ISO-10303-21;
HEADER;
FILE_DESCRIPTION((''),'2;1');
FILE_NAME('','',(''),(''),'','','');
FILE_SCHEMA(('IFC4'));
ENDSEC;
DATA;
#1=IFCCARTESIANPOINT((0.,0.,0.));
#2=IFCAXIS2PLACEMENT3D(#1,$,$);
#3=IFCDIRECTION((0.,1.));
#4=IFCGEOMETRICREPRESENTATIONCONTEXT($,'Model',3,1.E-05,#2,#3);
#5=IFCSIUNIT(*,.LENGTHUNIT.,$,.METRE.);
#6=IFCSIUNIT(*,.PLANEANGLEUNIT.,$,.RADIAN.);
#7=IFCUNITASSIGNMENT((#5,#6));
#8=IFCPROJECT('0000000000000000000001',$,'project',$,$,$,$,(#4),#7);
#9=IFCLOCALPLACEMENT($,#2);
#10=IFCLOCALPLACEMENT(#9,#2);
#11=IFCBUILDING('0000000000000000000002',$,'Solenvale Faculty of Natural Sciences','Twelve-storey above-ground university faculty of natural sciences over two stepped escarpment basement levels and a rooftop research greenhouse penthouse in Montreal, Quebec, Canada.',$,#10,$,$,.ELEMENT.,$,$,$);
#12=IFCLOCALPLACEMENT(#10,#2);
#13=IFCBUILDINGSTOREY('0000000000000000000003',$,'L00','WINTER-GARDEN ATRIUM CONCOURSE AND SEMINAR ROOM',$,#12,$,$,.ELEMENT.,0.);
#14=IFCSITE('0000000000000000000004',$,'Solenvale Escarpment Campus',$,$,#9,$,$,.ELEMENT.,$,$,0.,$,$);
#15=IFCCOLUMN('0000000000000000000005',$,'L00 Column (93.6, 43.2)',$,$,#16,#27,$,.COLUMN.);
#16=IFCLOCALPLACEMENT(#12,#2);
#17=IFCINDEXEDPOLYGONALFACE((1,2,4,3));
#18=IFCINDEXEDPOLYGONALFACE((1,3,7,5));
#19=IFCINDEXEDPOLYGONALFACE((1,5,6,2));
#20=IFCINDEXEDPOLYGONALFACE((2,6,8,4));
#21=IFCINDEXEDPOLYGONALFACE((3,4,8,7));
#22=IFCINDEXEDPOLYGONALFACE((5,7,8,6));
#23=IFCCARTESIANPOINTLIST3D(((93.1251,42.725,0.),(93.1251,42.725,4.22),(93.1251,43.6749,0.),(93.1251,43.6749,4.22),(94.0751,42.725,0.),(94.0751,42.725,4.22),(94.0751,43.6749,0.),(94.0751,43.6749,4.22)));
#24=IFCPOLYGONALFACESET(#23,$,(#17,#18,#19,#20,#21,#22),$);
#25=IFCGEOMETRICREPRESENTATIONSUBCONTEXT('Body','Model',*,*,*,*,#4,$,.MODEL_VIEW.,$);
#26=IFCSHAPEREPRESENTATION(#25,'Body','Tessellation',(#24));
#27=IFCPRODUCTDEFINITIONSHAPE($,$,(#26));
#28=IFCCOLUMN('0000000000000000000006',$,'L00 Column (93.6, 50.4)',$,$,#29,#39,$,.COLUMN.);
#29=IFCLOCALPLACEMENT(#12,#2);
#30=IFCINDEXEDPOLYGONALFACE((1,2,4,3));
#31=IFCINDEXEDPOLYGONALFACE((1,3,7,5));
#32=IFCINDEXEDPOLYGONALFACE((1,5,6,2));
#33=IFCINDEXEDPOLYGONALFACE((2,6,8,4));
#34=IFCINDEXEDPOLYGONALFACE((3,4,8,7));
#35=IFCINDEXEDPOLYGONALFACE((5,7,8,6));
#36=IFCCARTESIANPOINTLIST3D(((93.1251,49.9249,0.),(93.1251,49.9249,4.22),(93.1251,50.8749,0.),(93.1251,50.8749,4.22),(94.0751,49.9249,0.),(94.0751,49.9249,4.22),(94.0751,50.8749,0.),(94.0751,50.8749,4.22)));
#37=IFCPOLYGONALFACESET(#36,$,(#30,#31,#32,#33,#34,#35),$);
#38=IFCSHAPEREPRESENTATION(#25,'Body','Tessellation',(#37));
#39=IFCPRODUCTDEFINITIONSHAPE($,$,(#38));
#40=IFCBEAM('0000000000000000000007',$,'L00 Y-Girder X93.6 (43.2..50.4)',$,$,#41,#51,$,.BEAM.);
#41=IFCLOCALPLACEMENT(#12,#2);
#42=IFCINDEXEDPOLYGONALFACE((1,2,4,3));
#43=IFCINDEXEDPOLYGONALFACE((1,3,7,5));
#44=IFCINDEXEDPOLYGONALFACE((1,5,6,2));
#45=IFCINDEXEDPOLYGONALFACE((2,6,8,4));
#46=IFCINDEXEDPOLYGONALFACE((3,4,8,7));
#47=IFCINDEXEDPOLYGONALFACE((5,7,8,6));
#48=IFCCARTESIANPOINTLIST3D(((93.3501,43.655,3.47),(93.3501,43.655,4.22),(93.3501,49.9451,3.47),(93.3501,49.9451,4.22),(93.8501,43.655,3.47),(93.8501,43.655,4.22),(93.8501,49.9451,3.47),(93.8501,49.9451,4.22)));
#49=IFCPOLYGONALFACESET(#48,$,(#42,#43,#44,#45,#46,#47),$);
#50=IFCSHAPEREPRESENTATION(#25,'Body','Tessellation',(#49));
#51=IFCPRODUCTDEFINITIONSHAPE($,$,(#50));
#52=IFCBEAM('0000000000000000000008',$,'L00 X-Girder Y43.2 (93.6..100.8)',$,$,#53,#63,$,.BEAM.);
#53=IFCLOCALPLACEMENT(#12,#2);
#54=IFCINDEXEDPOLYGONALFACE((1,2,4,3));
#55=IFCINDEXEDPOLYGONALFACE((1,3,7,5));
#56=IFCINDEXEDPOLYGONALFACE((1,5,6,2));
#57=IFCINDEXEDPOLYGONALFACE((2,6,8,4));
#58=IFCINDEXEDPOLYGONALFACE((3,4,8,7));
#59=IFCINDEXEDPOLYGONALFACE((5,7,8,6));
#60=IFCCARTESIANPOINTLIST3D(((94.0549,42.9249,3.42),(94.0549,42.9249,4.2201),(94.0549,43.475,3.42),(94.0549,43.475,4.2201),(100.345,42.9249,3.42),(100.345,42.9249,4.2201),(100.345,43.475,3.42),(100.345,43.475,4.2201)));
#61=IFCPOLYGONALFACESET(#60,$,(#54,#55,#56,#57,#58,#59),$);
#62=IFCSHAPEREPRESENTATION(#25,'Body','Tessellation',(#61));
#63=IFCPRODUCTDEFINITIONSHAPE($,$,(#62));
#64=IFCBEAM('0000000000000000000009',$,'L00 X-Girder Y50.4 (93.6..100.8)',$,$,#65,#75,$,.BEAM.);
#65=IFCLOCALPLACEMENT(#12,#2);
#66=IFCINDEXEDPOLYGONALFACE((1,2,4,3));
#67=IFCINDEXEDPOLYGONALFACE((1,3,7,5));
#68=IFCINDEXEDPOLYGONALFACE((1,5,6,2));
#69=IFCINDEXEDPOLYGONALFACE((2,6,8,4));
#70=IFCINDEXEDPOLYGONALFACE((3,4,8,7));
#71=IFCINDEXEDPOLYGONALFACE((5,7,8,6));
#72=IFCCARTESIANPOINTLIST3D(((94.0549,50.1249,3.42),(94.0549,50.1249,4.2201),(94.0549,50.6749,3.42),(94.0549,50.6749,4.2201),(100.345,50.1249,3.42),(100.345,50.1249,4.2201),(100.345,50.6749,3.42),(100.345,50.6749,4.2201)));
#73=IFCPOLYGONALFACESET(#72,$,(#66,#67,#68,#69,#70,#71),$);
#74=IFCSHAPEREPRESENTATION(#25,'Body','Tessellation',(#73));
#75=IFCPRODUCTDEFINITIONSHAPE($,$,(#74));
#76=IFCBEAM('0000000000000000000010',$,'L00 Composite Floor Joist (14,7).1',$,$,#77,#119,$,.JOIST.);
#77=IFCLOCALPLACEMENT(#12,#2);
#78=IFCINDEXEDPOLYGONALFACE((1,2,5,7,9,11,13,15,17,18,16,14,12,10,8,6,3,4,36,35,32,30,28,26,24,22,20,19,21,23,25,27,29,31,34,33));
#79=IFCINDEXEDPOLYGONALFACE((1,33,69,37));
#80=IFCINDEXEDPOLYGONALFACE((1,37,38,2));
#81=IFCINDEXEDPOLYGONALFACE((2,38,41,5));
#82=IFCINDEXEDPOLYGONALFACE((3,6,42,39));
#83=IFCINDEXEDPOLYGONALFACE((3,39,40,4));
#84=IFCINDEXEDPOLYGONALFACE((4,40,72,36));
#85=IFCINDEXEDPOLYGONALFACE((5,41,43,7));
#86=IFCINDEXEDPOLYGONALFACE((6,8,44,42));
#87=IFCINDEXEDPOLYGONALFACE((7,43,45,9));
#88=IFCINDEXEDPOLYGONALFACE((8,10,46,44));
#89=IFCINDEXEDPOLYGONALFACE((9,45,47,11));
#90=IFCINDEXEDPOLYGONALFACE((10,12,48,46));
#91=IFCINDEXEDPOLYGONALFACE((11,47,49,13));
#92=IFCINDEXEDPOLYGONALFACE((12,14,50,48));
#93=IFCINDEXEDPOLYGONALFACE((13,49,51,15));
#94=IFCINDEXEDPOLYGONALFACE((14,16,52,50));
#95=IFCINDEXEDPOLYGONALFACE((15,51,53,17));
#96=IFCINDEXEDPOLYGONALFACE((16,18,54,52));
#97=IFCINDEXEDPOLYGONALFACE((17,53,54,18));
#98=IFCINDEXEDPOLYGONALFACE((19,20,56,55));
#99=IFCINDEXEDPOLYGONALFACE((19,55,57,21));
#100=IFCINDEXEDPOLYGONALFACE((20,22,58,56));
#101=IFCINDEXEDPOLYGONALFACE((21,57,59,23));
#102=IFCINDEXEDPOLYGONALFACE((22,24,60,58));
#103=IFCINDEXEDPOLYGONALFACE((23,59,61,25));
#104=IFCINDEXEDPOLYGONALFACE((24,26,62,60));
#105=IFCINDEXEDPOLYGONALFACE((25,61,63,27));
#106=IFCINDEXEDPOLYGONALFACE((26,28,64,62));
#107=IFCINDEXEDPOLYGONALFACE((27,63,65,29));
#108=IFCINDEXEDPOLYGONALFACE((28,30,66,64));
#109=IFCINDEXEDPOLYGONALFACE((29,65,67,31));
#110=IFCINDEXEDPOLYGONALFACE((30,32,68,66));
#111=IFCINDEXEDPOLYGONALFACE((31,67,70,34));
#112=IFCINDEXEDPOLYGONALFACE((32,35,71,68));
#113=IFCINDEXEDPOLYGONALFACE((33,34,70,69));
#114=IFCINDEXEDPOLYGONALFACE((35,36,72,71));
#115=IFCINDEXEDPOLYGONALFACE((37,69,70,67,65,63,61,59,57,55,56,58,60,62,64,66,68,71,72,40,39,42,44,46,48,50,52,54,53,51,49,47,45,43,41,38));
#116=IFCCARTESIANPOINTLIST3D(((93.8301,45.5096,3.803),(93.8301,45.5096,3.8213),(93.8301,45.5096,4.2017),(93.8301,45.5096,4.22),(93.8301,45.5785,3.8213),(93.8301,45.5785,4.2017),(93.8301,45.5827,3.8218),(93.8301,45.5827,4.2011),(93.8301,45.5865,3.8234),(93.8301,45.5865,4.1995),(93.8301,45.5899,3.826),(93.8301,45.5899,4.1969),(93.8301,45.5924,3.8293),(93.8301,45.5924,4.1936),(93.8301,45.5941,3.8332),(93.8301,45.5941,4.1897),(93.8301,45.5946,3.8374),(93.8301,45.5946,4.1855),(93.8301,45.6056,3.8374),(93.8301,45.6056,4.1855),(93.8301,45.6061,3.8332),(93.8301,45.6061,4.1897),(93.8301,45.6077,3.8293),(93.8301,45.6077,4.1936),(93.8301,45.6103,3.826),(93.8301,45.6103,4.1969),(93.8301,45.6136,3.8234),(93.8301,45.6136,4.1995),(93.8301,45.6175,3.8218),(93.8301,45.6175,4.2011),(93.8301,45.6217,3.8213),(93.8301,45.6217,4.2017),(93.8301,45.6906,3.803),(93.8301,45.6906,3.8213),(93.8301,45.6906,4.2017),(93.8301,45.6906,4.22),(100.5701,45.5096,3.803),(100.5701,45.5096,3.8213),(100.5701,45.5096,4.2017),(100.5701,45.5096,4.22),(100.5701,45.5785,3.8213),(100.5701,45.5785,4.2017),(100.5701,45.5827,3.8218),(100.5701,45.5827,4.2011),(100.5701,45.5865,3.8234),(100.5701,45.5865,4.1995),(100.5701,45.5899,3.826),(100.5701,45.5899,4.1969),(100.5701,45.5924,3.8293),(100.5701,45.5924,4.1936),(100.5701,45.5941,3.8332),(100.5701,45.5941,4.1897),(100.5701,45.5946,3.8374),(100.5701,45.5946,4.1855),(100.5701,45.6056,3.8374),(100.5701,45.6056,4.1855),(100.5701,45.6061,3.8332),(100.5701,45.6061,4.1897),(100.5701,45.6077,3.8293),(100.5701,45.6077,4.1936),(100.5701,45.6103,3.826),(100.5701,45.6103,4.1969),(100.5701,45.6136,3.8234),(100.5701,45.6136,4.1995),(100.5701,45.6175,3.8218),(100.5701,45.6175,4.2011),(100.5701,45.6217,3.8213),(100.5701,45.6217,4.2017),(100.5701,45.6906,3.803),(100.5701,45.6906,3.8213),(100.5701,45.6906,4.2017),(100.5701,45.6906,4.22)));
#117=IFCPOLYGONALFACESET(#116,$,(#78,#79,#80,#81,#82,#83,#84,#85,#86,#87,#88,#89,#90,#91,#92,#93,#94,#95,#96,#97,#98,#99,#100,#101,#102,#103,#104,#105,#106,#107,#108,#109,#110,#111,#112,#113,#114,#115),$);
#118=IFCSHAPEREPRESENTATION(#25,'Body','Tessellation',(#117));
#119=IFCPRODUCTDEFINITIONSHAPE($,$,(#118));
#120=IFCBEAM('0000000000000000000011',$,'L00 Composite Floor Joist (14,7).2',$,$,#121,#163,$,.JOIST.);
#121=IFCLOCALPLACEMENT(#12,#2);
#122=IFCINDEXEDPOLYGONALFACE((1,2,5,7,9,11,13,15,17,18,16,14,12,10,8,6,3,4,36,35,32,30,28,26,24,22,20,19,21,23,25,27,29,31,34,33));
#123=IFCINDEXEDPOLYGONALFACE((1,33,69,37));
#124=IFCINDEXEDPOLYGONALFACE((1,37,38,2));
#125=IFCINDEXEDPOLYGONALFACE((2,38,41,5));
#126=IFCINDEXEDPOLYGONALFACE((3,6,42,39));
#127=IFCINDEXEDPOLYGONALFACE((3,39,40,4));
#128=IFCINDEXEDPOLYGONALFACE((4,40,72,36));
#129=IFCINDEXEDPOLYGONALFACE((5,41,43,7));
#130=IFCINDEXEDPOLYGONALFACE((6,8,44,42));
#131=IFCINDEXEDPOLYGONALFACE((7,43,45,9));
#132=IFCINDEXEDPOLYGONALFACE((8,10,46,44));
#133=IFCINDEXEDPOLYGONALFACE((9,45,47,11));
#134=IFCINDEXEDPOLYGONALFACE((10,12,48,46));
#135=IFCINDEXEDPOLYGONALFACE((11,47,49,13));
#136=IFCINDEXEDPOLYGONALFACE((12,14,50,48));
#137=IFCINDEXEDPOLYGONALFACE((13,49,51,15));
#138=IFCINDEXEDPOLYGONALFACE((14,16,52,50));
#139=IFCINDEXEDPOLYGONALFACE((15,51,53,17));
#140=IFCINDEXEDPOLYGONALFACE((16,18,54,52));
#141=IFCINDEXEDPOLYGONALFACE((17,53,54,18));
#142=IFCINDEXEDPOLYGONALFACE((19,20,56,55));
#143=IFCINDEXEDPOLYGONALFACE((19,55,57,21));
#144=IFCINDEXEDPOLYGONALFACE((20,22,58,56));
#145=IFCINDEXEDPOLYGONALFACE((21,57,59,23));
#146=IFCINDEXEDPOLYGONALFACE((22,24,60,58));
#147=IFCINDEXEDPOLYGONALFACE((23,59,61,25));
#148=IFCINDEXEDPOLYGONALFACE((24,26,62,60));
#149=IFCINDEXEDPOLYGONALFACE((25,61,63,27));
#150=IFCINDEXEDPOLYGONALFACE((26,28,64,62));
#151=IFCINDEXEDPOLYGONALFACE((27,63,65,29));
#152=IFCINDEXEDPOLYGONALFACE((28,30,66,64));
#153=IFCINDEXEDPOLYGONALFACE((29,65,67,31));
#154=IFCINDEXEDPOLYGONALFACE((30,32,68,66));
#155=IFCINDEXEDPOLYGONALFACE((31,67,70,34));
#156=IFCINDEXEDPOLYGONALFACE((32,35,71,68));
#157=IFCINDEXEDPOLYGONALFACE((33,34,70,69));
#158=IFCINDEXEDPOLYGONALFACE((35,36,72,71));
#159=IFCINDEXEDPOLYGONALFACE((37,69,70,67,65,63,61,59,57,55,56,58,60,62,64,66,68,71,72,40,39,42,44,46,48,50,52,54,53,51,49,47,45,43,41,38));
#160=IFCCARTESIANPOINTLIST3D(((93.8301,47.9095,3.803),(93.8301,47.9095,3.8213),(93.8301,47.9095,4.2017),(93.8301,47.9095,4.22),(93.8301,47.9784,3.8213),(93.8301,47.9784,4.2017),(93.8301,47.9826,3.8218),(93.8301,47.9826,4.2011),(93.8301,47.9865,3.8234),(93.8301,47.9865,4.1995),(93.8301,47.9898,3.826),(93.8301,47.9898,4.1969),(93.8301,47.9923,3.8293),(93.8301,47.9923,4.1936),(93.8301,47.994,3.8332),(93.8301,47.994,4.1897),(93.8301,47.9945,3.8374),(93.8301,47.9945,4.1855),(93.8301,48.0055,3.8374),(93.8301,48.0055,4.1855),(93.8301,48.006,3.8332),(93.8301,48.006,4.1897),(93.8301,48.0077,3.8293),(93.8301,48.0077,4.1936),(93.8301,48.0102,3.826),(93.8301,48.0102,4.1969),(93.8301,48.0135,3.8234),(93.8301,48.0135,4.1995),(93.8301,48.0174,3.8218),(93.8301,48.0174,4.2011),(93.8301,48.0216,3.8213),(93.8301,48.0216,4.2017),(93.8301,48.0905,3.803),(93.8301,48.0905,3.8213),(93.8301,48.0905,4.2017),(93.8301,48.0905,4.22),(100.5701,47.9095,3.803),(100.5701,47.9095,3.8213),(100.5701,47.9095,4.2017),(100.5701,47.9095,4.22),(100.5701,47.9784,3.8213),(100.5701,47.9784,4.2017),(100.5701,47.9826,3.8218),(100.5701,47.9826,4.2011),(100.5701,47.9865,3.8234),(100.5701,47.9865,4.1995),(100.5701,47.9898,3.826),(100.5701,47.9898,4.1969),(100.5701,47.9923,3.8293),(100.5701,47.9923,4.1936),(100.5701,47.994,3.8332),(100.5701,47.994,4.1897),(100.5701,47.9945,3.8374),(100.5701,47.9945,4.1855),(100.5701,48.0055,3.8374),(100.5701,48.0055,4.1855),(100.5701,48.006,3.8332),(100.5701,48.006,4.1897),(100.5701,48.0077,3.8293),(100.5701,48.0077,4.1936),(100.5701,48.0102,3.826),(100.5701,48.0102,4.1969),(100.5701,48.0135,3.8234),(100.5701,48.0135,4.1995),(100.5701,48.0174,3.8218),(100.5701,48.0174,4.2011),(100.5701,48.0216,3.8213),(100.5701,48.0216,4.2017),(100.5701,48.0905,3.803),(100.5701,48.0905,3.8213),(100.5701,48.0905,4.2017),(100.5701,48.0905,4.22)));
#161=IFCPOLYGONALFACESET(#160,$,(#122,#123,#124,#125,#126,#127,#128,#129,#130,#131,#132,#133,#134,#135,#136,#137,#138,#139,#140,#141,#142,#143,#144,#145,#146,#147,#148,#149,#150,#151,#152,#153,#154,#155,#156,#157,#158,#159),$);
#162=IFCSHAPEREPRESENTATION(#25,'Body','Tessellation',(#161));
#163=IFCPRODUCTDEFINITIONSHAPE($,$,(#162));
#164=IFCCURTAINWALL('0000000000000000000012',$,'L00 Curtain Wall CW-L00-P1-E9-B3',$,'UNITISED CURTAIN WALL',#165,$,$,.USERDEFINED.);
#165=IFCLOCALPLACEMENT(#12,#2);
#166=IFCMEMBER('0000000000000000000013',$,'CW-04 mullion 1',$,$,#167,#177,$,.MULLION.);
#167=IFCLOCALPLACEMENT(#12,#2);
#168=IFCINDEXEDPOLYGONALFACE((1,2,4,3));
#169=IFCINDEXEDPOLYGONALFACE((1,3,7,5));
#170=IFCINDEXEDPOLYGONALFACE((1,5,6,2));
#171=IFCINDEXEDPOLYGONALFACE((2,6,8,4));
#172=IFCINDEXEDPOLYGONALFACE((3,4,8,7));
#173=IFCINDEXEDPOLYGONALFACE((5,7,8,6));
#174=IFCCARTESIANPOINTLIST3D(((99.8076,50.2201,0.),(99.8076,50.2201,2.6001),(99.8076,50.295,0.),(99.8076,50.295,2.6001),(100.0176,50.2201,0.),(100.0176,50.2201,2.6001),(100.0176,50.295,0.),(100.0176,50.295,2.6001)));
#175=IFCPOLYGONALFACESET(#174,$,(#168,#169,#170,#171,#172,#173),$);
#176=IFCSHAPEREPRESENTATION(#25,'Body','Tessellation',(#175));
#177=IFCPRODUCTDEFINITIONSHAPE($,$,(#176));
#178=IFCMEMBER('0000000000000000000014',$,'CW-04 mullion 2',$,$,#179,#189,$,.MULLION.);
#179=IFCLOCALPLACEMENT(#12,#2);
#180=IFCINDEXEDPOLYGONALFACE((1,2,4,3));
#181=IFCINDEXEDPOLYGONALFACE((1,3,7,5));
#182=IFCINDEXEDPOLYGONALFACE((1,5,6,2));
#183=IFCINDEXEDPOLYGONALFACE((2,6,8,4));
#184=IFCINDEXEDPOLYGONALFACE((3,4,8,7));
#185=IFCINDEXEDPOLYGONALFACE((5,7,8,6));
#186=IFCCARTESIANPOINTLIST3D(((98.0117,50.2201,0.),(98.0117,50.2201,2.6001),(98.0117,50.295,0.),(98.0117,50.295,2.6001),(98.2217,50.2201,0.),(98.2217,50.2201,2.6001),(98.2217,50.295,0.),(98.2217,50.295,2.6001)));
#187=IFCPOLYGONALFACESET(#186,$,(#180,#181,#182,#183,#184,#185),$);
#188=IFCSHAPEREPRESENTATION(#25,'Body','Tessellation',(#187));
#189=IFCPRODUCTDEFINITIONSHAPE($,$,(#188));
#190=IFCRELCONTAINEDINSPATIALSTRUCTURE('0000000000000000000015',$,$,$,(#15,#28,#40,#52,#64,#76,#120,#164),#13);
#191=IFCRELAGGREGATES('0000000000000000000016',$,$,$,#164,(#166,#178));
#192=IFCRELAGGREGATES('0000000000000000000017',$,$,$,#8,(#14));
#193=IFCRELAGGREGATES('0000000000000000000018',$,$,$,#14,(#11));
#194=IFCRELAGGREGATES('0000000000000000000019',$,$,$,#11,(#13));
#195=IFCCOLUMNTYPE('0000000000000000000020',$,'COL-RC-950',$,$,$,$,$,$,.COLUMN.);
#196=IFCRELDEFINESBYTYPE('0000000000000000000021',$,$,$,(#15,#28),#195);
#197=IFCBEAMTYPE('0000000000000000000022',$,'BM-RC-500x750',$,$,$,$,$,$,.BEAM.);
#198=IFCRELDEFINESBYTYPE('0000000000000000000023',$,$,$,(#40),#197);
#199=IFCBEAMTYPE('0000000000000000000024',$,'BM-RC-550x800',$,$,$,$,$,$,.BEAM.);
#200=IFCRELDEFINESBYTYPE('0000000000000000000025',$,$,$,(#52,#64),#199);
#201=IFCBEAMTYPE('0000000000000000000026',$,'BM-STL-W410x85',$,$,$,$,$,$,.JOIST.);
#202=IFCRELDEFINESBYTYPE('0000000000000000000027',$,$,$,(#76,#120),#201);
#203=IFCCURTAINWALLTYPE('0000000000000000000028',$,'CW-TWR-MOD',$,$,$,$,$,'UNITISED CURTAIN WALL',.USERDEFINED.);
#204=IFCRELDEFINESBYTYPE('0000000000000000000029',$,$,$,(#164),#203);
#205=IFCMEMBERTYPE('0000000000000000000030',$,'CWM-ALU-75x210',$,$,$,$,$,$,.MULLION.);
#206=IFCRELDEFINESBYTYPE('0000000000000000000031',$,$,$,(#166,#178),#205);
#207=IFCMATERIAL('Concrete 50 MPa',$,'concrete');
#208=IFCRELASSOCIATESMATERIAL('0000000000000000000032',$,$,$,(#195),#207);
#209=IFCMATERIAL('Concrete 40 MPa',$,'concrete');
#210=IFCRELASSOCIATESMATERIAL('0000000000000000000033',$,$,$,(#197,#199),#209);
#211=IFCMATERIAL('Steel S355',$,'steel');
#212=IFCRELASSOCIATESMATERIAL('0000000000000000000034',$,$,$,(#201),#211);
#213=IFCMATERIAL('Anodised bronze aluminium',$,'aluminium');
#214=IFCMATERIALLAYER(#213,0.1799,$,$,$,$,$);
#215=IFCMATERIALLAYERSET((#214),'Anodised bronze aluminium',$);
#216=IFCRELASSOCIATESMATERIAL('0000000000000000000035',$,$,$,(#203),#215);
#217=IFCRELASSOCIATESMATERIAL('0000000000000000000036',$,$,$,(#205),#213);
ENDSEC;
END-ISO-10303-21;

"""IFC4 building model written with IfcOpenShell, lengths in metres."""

from ifc_helpers import new_model, si_unit, direction, frame, origin, origin_2d, place, context, subcontext, project, spatial, rectangle, i_section, extrude, material, layer, layer_set, material_profile, profile_set, type_object, element, aggregate, save


model = new_model("IFC4")

# Units and contexts
model_context = context("Model", 3, precision=1e-05, world=origin(), true_north=direction((0.0, 1.0)))
body_context = subcontext(model_context, "Body", "Model", "MODEL_VIEW")
ifc_project = project(units=[si_unit("LENGTHUNIT", "METRE"), si_unit("PLANEANGLEUNIT", "RADIAN")], contexts=[model_context])

# Site, building, storey
site_placement = place(None, origin())
site = spatial("IfcSite", under=ifc_project, at=site_placement, Name="Solenvale Escarpment Campus", CompositionType="ELEMENT", RefElevation=0.0)
building_placement = place(site_placement, origin())
building = spatial("IfcBuilding", under=site, at=building_placement, Name="Solenvale Faculty of Natural Sciences", Description="Twelve-storey above-ground university faculty of natural sciences over two stepped escarpment basement levels and a rooftop research greenhouse penthouse in Montreal, Quebec, Canada.", CompositionType="ELEMENT")
storey_placement = place(building_placement, origin())
storey = spatial("IfcBuildingStorey", under=building, at=storey_placement, Name="L00", Description="WINTER-GARDEN ATRIUM CONCOURSE AND SEMINAR ROOM", CompositionType="ELEMENT", Elevation=0.0)

# Columns
ifc_material_1 = material(Name="Concrete 50 MPa", Category="concrete")
ifc_material_profile_1 = material_profile(ifc_material_1, rectangle(XDim=0.95, YDim=0.95, at=origin_2d()), Name="RC-COL-950x950")
ifc_profile_set_1 = profile_set([ifc_material_profile_1], Name="Concrete 50 MPa")
column_type = type_object("IfcColumnType", Name="COL-RC-950", PredefinedType="COLUMN", material=ifc_profile_set_1)
for number, where, z_axis, x_axis, name in (
    (1, (93.6001, 43.2, 0.0), (0.0, 0.0, 1.0), (1.0, 0.0, 0.0), "L00 Column (93.6, 43.2)"),
    (2, (93.6001, 50.3999, 0.0), (0.0, 0.0, 1.0), (1.0, 0.0, 0.0), "L00 Column (93.6, 50.4)"),
):
    element("IfcColumn", number, at=place(storey_placement, frame(where, z_axis=z_axis, x_axis=x_axis)), inside=storey, type_object=column_type, Name=name, PredefinedType="COLUMN", context=body_context, shape_type="SweptSolid", body=[
        extrude(rectangle(XDim=0.95, YDim=0.95, at=origin_2d()), origin(), (0.0, 0.0, 1.0), 4.22),
    ])

# Beams
ifc_material_2 = material(Name="Concrete 40 MPa", Category="concrete")
ifc_material_profile_2 = material_profile(ifc_material_2, rectangle(XDim=0.5, YDim=0.75, at=origin_2d()), Name="RC-BM-500x750")
ifc_profile_set_2 = profile_set([ifc_material_profile_2], Name="Concrete 40 MPa")
beam_type_1 = type_object("IfcBeamType", Name="BM-RC-500x750", PredefinedType="BEAM", material=ifc_profile_set_2)
beam_placement = place(storey_placement, frame((93.6001, 43.655, 3.845), z_axis=(0.0, 1.0, 0.0), x_axis=(-1.0, 0.0, 0.0)))
element("IfcBeam", 3, at=beam_placement, inside=storey, type_object=beam_type_1, Name="L00 Y-Girder X93.6 (43.2..50.4)", PredefinedType="BEAM", context=body_context, shape_type="SweptSolid", body=[
    extrude(rectangle(XDim=0.5, YDim=0.75, at=origin_2d()), origin(), (0.0, 0.0, 1.0), 6.29),
])
ifc_material_profile_3 = material_profile(ifc_material_2, rectangle(XDim=0.55, YDim=0.8, at=origin_2d()), Name="RC-BM-550x800")
ifc_profile_set_3 = profile_set([ifc_material_profile_3], Name="Concrete 40 MPa")
beam_type_2 = type_object("IfcBeamType", Name="BM-RC-550x800", PredefinedType="BEAM", material=ifc_profile_set_3)
for number, where, z_axis, x_axis, name in (
    (4, (94.0549, 43.2, 3.8201), (1.0, 0.0, 0.0), (0.0, 1.0, 0.0), "L00 X-Girder Y43.2 (93.6..100.8)"),
    (5, (94.0549, 50.3999, 3.8201), (1.0, 0.0, 0.0), (0.0, 1.0, 0.0), "L00 X-Girder Y50.4 (93.6..100.8)"),
):
    element("IfcBeam", number, at=place(storey_placement, frame(where, z_axis=z_axis, x_axis=x_axis)), inside=storey, type_object=beam_type_2, Name=name, PredefinedType="BEAM", context=body_context, shape_type="SweptSolid", body=[
        extrude(rectangle(XDim=0.55, YDim=0.8, at=origin_2d()), origin(), (0.0, 0.0, 1.0), 6.29),
    ])
ifc_material_3 = material(Name="Steel S355", Category="steel")
ifc_material_profile_4 = material_profile(ifc_material_3, i_section(OverallWidth=0.1809, OverallDepth=0.417, WebThickness=0.011, FlangeThickness=0.0183, FilletRadius=0.0161, at=origin_2d()), Name="W410x85")
ifc_profile_set_4 = profile_set([ifc_material_profile_4], Name="Steel S355")
beam_type_3 = type_object("IfcBeamType", Name="BM-STL-W410x85", PredefinedType="JOIST", material=ifc_profile_set_4)
for number, where, z_axis, x_axis, name in (
    (6, (93.8301, 45.6001, 4.0115), (1.0, 0.0, 0.0), (0.0, 1.0, 0.0), "L00 Composite Floor Joist (14,7).1"),
    (7, (93.8301, 48.0, 4.0115), (1.0, 0.0, 0.0), (0.0, 1.0, 0.0), "L00 Composite Floor Joist (14,7).2"),
):
    element("IfcBeam", number, at=place(storey_placement, frame(where, z_axis=z_axis, x_axis=x_axis)), inside=storey, type_object=beam_type_3, Name=name, PredefinedType="JOIST", context=body_context, shape_type="SweptSolid", body=[
        extrude(i_section(OverallWidth=0.1809, OverallDepth=0.417, WebThickness=0.011, FlangeThickness=0.0183, FilletRadius=0.0161, at=origin_2d()), origin(), (0.0, 0.0, 1.0), 6.74),
    ])

# Curtain wall, members
ifc_material_4 = material(Name="Anodised bronze aluminium", Category="aluminium")
ifc_layer_1 = layer(ifc_material_4, 0.1799)
ifc_layer_set_1 = layer_set([ifc_layer_1], Name="Anodised bronze aluminium")
curtain_wall_type = type_object("IfcCurtainWallType", Name="CW-TWR-MOD", ElementType="UNITISED CURTAIN WALL", PredefinedType="USERDEFINED", material=ifc_layer_set_1)
curtain_wall_1_placement = place(storey_placement, origin())
curtain_wall_1 = element("IfcCurtainWall", 8, at=curtain_wall_1_placement, inside=storey, type_object=curtain_wall_type, Name="L00 Curtain Wall CW-L00-P1-E9-B3", ObjectType="UNITISED CURTAIN WALL", PredefinedType="USERDEFINED")
ifc_material_profile_5 = material_profile(ifc_material_4, rectangle(XDim=0.075, YDim=0.21, at=origin_2d()), Name="ALU-MUL-75x210")
ifc_profile_set_5 = profile_set([ifc_material_profile_5], Name="Anodised bronze aluminium")
member_type_1 = type_object("IfcMemberType", Name="CWM-ALU-75x210", PredefinedType="MULLION", material=ifc_profile_set_5)
member_1_placement = place(storey_placement, frame((99.9126, 50.2576, 0.0), z_axis=(0.0, 0.0, 1.0), x_axis=(0.0, -1.0, 0.0)))
member_1 = element("IfcMember", 9, at=member_1_placement, type_object=member_type_1, Name="CW-04 mullion 1", PredefinedType="MULLION", context=body_context, shape_type="SweptSolid", body=[
    extrude(rectangle(XDim=0.075, YDim=0.21, at=origin_2d()), origin(), (0.0, 0.0, 1.0), 2.6001),
])
member_2_placement = place(storey_placement, frame((98.1167, 50.2576, 0.0), z_axis=(0.0, 0.0, 1.0), x_axis=(0.0, -1.0, 0.0)))
member_2 = element("IfcMember", 10, at=member_2_placement, type_object=member_type_1, Name="CW-04 mullion 2", PredefinedType="MULLION", context=body_context, shape_type="SweptSolid", body=[
    extrude(rectangle(XDim=0.075, YDim=0.21, at=origin_2d()), origin(), (0.0, 0.0, 1.0), 2.6001),
])

aggregate(curtain_wall_1, [member_1, member_2])

save(model, "model.ifc")
